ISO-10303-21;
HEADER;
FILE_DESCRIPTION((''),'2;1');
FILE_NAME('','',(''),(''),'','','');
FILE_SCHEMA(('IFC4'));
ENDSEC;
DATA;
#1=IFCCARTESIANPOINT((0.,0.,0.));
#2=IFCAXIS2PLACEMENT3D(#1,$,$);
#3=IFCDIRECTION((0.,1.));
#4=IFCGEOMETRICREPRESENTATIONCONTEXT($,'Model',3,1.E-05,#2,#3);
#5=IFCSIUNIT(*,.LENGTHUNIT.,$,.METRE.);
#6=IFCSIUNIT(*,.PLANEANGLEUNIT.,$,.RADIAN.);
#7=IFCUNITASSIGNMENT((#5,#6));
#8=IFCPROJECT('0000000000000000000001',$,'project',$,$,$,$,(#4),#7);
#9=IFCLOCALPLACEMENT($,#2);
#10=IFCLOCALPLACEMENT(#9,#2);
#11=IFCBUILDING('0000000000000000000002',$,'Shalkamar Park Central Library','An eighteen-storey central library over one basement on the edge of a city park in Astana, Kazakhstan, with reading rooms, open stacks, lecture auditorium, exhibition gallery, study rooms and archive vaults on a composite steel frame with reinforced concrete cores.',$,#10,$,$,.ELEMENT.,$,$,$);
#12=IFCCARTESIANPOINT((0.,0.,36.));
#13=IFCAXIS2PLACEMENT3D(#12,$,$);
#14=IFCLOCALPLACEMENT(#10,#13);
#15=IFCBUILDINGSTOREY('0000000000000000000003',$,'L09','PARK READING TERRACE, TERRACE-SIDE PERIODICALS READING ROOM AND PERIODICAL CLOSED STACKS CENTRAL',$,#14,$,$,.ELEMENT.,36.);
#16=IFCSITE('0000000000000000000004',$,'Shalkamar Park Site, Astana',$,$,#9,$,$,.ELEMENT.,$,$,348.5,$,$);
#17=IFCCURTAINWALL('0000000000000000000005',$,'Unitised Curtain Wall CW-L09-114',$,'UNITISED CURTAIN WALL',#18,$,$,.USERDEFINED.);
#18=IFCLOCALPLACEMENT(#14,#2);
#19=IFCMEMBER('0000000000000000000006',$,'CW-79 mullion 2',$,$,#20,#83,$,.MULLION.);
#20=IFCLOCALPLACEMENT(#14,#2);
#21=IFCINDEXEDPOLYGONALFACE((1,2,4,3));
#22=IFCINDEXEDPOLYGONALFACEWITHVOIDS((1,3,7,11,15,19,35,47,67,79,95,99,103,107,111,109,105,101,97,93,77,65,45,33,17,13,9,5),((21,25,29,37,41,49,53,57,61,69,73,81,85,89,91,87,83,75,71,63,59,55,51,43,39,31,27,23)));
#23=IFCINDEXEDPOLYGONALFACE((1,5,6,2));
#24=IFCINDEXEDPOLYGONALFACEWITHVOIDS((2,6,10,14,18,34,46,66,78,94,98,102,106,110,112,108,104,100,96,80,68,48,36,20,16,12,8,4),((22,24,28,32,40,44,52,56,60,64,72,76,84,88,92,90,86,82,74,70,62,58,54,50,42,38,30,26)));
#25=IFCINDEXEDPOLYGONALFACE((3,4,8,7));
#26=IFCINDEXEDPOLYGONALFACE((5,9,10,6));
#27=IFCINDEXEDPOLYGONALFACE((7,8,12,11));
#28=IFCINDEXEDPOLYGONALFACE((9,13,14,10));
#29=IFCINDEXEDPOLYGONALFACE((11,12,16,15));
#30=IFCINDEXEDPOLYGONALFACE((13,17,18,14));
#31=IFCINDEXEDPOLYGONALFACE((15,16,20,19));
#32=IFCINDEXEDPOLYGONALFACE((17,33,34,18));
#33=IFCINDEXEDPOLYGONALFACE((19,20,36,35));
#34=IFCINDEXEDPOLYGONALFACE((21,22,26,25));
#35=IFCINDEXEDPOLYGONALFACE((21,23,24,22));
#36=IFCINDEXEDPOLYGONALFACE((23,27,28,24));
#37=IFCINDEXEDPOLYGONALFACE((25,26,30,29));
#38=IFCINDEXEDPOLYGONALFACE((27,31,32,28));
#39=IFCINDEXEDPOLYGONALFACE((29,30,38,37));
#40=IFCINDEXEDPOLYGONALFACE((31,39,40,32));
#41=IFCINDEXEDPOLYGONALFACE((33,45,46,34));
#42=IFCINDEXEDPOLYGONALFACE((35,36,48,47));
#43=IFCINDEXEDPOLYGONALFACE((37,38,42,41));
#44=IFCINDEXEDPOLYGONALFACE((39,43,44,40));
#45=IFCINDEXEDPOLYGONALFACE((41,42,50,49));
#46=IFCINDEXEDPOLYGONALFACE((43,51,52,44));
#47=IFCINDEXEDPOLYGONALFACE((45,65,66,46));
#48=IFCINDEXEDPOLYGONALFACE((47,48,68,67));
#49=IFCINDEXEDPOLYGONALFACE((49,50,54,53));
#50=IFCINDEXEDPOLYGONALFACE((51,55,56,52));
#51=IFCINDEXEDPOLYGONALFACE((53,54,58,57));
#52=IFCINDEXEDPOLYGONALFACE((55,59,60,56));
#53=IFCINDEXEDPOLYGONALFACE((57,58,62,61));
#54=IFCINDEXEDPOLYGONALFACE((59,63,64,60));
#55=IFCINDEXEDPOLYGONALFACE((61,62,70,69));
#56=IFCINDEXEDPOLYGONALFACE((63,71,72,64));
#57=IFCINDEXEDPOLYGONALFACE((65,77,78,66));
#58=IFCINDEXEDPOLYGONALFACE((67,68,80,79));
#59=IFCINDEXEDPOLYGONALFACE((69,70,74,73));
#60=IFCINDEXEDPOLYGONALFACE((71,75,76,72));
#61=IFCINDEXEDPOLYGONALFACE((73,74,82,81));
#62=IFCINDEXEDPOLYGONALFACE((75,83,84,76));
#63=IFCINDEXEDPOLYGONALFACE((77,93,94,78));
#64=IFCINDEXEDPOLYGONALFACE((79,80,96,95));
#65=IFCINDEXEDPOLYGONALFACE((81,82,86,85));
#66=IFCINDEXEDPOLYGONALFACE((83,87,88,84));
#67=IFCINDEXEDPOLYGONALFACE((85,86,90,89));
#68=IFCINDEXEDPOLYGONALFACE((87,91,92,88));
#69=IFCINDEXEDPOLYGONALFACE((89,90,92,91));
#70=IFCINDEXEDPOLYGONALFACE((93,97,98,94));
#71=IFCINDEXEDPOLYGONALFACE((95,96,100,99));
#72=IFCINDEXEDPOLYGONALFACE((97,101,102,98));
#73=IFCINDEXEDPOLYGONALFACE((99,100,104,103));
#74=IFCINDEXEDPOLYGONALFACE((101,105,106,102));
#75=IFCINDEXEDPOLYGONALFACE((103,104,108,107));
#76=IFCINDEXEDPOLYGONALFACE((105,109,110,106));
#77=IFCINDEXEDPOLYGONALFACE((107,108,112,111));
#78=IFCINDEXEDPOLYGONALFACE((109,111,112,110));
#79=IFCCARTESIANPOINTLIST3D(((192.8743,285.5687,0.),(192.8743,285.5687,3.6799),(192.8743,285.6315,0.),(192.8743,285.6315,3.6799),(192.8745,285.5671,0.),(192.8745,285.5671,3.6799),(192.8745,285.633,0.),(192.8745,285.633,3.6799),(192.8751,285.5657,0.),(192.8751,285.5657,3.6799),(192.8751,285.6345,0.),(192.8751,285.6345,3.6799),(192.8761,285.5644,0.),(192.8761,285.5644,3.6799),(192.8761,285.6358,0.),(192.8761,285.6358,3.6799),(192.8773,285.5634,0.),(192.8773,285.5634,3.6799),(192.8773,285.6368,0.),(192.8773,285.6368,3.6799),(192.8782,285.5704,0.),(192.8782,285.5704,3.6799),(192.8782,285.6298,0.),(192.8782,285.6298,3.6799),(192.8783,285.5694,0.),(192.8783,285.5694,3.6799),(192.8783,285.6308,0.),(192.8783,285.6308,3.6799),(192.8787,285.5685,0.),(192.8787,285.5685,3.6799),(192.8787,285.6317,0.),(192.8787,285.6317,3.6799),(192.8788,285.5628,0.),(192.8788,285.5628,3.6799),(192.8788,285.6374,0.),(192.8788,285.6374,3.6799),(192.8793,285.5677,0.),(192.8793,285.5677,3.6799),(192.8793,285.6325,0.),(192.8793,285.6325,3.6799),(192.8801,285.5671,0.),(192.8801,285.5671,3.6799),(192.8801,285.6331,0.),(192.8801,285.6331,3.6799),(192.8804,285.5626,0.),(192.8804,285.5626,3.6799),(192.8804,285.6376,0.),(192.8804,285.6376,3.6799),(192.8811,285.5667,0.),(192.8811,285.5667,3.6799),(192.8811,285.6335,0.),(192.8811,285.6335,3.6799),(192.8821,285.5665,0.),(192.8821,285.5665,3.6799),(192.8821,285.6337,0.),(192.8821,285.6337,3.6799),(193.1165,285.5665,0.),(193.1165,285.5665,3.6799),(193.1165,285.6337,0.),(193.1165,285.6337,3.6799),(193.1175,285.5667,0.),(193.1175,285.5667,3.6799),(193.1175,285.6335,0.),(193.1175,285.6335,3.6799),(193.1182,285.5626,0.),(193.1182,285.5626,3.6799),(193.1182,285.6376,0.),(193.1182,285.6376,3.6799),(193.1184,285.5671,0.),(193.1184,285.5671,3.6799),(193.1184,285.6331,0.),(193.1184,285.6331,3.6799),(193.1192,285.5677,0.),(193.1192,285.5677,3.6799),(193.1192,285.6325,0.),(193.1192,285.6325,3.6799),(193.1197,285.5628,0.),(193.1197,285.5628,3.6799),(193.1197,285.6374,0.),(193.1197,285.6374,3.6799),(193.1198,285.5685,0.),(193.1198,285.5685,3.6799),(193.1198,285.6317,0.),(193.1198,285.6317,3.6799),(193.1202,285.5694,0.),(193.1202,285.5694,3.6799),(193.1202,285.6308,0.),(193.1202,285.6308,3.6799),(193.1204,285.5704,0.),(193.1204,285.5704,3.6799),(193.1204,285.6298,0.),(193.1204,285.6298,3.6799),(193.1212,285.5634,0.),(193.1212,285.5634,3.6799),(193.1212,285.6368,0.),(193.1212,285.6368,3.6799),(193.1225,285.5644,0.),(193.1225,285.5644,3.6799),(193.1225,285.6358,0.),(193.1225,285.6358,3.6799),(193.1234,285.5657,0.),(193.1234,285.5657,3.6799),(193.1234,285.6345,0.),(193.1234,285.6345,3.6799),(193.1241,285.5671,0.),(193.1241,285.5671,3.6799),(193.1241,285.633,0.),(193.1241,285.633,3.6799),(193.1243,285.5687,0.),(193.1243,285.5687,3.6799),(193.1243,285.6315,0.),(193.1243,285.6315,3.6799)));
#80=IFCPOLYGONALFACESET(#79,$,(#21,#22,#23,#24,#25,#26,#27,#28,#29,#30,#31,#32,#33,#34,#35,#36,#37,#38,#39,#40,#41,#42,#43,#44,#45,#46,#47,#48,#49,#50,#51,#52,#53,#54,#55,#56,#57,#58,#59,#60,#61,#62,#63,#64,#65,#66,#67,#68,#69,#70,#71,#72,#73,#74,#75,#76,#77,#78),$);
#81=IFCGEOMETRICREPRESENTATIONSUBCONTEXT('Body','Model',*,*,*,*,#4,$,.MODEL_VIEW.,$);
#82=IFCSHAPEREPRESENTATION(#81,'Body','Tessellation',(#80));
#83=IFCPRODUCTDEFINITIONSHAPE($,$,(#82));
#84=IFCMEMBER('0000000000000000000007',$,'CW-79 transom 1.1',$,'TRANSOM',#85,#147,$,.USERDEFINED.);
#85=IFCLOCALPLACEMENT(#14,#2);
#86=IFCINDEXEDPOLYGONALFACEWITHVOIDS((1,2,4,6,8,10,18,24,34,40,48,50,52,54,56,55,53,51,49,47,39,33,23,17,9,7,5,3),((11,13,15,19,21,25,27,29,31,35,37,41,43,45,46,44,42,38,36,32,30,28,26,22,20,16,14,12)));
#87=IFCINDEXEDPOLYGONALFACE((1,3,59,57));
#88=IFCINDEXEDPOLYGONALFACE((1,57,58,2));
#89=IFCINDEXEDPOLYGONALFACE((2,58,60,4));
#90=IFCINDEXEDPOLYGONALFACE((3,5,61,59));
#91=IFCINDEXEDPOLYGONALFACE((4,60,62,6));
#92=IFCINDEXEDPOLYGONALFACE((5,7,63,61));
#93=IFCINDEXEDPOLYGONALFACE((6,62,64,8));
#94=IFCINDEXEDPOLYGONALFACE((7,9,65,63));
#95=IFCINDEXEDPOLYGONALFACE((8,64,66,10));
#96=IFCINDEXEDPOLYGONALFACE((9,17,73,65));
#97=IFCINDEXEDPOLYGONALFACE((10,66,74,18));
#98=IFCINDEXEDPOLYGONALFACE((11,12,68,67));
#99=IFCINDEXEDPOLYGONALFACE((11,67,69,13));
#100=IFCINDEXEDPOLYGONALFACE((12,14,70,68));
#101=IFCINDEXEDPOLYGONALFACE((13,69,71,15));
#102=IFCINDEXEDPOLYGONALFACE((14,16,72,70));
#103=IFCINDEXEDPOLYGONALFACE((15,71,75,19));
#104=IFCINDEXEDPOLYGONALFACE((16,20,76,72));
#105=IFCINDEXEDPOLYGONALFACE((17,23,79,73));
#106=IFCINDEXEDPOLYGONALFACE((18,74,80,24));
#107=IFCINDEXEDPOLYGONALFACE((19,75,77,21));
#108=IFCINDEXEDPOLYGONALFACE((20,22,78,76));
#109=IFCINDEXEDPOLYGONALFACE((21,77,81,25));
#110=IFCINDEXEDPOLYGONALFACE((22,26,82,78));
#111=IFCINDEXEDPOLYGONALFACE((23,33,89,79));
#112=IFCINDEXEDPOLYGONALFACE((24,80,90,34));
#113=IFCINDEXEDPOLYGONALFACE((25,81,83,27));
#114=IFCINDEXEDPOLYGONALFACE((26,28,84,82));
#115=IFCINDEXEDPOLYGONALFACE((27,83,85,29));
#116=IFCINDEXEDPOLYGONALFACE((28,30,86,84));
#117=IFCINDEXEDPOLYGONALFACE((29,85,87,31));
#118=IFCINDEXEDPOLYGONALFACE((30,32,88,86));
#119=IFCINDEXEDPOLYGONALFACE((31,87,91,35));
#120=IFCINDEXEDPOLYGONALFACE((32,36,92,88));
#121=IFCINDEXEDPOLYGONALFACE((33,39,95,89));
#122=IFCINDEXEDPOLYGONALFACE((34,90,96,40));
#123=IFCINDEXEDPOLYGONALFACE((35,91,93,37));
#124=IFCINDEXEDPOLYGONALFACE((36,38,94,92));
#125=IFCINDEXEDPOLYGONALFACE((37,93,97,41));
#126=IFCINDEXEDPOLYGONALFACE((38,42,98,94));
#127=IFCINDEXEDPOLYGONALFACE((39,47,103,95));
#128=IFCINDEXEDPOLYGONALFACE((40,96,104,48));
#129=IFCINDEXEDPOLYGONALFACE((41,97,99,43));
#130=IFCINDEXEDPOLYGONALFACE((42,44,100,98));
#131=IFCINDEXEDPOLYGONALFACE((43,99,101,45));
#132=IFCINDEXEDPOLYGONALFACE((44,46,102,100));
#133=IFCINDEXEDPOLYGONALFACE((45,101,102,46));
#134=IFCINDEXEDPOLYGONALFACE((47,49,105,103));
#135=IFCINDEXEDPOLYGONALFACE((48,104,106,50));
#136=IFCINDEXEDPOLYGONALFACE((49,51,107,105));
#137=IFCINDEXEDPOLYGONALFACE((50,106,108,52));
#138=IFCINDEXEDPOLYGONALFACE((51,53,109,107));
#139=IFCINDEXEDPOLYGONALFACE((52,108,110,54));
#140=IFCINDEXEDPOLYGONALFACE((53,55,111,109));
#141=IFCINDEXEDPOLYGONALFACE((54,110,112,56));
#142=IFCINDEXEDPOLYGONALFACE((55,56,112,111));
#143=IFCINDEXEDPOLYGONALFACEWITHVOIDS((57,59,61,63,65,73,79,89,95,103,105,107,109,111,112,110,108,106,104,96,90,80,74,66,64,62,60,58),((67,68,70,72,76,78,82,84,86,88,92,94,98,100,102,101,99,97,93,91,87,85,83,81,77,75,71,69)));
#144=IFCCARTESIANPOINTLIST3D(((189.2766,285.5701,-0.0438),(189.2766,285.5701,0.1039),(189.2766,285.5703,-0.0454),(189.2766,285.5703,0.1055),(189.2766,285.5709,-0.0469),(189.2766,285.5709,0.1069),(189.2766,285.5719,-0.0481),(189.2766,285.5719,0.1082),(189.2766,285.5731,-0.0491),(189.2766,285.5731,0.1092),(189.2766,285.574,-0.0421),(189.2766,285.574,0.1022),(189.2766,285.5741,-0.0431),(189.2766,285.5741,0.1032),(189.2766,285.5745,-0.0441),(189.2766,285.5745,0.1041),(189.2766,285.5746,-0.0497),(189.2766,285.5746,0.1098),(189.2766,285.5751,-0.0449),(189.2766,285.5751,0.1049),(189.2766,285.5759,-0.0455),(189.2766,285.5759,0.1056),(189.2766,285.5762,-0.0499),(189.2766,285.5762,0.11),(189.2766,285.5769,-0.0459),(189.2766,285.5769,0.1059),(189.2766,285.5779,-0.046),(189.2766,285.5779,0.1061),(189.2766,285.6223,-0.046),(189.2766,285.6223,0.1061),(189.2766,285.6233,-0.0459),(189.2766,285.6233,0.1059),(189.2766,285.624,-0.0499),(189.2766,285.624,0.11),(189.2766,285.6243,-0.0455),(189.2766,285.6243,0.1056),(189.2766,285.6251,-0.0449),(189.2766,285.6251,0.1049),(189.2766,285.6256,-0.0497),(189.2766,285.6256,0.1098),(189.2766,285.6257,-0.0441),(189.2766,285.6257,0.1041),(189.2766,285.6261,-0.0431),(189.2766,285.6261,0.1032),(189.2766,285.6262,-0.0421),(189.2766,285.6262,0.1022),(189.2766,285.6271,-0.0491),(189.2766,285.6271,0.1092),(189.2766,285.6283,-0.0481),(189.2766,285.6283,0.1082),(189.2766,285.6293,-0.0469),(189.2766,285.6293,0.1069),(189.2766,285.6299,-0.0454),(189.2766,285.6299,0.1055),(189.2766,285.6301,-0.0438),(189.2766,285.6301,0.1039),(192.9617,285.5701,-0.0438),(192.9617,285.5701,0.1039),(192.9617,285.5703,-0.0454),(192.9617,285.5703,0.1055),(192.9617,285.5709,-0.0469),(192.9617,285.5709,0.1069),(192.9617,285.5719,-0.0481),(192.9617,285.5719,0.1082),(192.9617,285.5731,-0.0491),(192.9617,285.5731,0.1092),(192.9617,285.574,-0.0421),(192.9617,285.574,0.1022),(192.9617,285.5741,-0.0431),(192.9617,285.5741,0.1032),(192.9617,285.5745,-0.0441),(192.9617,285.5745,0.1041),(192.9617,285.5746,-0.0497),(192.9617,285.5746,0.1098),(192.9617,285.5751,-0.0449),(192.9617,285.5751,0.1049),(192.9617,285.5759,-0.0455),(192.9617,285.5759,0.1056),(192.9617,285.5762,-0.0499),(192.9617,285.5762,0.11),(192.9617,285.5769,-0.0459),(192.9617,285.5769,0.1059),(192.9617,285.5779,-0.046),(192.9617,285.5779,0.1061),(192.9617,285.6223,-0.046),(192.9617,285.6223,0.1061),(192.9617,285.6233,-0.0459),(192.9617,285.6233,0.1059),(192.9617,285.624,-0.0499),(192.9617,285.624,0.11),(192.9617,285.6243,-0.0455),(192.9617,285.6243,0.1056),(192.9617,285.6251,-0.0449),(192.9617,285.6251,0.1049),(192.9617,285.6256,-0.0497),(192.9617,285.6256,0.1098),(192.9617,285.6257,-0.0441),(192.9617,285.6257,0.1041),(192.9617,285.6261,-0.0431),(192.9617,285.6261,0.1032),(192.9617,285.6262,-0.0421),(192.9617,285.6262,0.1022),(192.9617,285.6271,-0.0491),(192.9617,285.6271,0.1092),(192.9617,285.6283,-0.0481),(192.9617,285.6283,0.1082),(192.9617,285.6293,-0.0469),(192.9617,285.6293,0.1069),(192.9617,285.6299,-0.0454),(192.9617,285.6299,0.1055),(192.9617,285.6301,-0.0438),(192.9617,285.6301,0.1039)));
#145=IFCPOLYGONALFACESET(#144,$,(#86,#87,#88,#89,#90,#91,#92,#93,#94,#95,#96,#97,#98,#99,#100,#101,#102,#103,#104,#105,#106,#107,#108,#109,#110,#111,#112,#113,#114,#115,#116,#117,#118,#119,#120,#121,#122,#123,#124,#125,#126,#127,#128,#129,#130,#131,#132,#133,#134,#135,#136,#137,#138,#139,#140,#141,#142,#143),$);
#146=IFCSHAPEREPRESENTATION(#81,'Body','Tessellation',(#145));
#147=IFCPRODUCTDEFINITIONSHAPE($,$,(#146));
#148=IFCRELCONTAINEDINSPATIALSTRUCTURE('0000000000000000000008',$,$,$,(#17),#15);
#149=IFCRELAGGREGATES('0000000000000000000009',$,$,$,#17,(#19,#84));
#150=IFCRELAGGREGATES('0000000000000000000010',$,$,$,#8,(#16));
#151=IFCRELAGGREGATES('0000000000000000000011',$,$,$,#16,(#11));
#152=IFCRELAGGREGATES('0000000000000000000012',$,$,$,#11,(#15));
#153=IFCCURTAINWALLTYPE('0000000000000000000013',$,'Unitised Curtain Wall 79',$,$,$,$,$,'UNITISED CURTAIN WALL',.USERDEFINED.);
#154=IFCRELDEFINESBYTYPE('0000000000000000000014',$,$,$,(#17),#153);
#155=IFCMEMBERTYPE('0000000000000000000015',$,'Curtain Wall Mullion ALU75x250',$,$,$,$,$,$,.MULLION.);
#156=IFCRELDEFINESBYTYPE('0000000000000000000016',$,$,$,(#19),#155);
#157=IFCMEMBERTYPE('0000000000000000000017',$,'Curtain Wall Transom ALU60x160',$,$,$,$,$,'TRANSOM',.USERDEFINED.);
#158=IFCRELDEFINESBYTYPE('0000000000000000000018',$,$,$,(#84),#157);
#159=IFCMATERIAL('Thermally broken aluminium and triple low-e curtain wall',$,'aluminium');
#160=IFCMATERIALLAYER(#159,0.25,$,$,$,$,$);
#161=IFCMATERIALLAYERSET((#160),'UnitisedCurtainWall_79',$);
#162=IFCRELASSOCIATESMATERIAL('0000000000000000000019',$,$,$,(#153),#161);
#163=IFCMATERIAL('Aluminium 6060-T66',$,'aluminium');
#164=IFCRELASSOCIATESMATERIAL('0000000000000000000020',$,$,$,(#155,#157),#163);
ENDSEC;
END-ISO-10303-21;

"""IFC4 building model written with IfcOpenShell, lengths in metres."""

from ifc_helpers import new_model, si_unit, direction, frame, origin, origin_2d, place, context, subcontext, project, spatial, hollow_rectangle, extrude, material, layer, layer_set, material_profile, profile_set, type_object, element, aggregate, save


model = new_model("IFC4")

# Units and contexts
model_context = context("Model", 3, precision=1e-05, world=origin(), true_north=direction((0.0, 1.0)))
body_context = subcontext(model_context, "Body", "Model", "MODEL_VIEW")
ifc_project = project(units=[si_unit("LENGTHUNIT", "METRE"), si_unit("PLANEANGLEUNIT", "RADIAN")], contexts=[model_context])

# Site, building, storey
site_placement = place(None, origin())
site = spatial("IfcSite", under=ifc_project, at=site_placement, Name="Shalkamar Park Site, Astana", CompositionType="ELEMENT", RefElevation=348.5)
building_placement = place(site_placement, origin())
building = spatial("IfcBuilding", under=site, at=building_placement, Name="Shalkamar Park Central Library", Description="An eighteen-storey central library over one basement on the edge of a city park in Astana, Kazakhstan, with reading rooms, open stacks, lecture auditorium, exhibition gallery, study rooms and archive vaults on a composite steel frame with reinforced concrete cores.", CompositionType="ELEMENT")
storey_placement = place(building_placement, frame((0.0, 0.0, 36.0)))
storey = spatial("IfcBuildingStorey", under=building, at=storey_placement, Name="L09", Description="PARK READING TERRACE, TERRACE-SIDE PERIODICALS READING ROOM AND PERIODICAL CLOSED STACKS CENTRAL", CompositionType="ELEMENT", Elevation=36.0)

# Curtain wall, members
ifc_material_1 = material(Name="Thermally broken aluminium and triple low-e curtain wall", Category="aluminium")
ifc_layer_1 = layer(ifc_material_1, 0.25)
ifc_layer_set_1 = layer_set([ifc_layer_1], Name="UnitisedCurtainWall_79")
curtain_wall_type = type_object("IfcCurtainWallType", Name="Unitised Curtain Wall 79", ElementType="UNITISED CURTAIN WALL", PredefinedType="USERDEFINED", material=ifc_layer_set_1)
curtain_wall_placement = place(storey_placement, origin())
curtain_wall = element("IfcCurtainWall", 1, at=curtain_wall_placement, inside=storey, type_object=curtain_wall_type, Name="Unitised Curtain Wall CW-L09-114", ObjectType="UNITISED CURTAIN WALL", PredefinedType="USERDEFINED")
ifc_material_2 = material(Name="Aluminium 6060-T66", Category="aluminium")
ifc_material_profile_1 = material_profile(ifc_material_2, hollow_rectangle(XDim=0.075, YDim=0.25, WallThickness=0.0039, InnerFilletRadius=0.0039, OuterFilletRadius=0.0061, at=origin_2d()), Name="ALU 75x250x4")
ifc_profile_set_1 = profile_set([ifc_material_profile_1], Name="Aluminium 6060-T66")
member_type_1 = type_object("IfcMemberType", Name="Curtain Wall Mullion ALU75x250", PredefinedType="MULLION", material=ifc_profile_set_1)
member_1_placement = place(storey_placement, frame((192.9993, 285.6001, 0.0), z_axis=(0.0, 0.0, 1.0), x_axis=(0.0, 1.0, 0.0)))
member_1 = element("IfcMember", 2, at=member_1_placement, type_object=member_type_1, Name="CW-79 mullion 2", PredefinedType="MULLION", context=body_context, shape_type="SweptSolid", body=[
    extrude(hollow_rectangle(XDim=0.075, YDim=0.25, WallThickness=0.0039, InnerFilletRadius=0.0039, OuterFilletRadius=0.0061, at=origin_2d()), origin(), (0.0, 0.0, 1.0), 3.6799),
])
ifc_material_profile_2 = material_profile(ifc_material_2, hollow_rectangle(XDim=0.0601, YDim=0.1599, WallThickness=0.0039, InnerFilletRadius=0.0039, OuterFilletRadius=0.0061, at=origin_2d()), Name="ALU 60x160x4")
ifc_profile_set_2 = profile_set([ifc_material_profile_2], Name="Aluminium 6060-T66")
member_type_2 = type_object("IfcMemberType", Name="Curtain Wall Transom ALU60x160", ElementType="TRANSOM", PredefinedType="USERDEFINED", material=ifc_profile_set_2)
member_2_placement = place(storey_placement, frame((189.2766, 285.6001, 0.03), z_axis=(1.0, 0.0, 0.0), x_axis=(0.0, 1.0, 0.0)))
member_2 = element("IfcMember", 3, at=member_2_placement, type_object=member_type_2, Name="CW-79 transom 1.1", ObjectType="TRANSOM", PredefinedType="USERDEFINED", context=body_context, shape_type="SweptSolid", body=[
    extrude(hollow_rectangle(XDim=0.0601, YDim=0.1599, WallThickness=0.0039, InnerFilletRadius=0.0039, OuterFilletRadius=0.0061, at=origin_2d()), origin(), (0.0, 0.0, 1.0), 3.6851),
])

aggregate(curtain_wall, [member_1, member_2])

save(model, "model.ifc")
